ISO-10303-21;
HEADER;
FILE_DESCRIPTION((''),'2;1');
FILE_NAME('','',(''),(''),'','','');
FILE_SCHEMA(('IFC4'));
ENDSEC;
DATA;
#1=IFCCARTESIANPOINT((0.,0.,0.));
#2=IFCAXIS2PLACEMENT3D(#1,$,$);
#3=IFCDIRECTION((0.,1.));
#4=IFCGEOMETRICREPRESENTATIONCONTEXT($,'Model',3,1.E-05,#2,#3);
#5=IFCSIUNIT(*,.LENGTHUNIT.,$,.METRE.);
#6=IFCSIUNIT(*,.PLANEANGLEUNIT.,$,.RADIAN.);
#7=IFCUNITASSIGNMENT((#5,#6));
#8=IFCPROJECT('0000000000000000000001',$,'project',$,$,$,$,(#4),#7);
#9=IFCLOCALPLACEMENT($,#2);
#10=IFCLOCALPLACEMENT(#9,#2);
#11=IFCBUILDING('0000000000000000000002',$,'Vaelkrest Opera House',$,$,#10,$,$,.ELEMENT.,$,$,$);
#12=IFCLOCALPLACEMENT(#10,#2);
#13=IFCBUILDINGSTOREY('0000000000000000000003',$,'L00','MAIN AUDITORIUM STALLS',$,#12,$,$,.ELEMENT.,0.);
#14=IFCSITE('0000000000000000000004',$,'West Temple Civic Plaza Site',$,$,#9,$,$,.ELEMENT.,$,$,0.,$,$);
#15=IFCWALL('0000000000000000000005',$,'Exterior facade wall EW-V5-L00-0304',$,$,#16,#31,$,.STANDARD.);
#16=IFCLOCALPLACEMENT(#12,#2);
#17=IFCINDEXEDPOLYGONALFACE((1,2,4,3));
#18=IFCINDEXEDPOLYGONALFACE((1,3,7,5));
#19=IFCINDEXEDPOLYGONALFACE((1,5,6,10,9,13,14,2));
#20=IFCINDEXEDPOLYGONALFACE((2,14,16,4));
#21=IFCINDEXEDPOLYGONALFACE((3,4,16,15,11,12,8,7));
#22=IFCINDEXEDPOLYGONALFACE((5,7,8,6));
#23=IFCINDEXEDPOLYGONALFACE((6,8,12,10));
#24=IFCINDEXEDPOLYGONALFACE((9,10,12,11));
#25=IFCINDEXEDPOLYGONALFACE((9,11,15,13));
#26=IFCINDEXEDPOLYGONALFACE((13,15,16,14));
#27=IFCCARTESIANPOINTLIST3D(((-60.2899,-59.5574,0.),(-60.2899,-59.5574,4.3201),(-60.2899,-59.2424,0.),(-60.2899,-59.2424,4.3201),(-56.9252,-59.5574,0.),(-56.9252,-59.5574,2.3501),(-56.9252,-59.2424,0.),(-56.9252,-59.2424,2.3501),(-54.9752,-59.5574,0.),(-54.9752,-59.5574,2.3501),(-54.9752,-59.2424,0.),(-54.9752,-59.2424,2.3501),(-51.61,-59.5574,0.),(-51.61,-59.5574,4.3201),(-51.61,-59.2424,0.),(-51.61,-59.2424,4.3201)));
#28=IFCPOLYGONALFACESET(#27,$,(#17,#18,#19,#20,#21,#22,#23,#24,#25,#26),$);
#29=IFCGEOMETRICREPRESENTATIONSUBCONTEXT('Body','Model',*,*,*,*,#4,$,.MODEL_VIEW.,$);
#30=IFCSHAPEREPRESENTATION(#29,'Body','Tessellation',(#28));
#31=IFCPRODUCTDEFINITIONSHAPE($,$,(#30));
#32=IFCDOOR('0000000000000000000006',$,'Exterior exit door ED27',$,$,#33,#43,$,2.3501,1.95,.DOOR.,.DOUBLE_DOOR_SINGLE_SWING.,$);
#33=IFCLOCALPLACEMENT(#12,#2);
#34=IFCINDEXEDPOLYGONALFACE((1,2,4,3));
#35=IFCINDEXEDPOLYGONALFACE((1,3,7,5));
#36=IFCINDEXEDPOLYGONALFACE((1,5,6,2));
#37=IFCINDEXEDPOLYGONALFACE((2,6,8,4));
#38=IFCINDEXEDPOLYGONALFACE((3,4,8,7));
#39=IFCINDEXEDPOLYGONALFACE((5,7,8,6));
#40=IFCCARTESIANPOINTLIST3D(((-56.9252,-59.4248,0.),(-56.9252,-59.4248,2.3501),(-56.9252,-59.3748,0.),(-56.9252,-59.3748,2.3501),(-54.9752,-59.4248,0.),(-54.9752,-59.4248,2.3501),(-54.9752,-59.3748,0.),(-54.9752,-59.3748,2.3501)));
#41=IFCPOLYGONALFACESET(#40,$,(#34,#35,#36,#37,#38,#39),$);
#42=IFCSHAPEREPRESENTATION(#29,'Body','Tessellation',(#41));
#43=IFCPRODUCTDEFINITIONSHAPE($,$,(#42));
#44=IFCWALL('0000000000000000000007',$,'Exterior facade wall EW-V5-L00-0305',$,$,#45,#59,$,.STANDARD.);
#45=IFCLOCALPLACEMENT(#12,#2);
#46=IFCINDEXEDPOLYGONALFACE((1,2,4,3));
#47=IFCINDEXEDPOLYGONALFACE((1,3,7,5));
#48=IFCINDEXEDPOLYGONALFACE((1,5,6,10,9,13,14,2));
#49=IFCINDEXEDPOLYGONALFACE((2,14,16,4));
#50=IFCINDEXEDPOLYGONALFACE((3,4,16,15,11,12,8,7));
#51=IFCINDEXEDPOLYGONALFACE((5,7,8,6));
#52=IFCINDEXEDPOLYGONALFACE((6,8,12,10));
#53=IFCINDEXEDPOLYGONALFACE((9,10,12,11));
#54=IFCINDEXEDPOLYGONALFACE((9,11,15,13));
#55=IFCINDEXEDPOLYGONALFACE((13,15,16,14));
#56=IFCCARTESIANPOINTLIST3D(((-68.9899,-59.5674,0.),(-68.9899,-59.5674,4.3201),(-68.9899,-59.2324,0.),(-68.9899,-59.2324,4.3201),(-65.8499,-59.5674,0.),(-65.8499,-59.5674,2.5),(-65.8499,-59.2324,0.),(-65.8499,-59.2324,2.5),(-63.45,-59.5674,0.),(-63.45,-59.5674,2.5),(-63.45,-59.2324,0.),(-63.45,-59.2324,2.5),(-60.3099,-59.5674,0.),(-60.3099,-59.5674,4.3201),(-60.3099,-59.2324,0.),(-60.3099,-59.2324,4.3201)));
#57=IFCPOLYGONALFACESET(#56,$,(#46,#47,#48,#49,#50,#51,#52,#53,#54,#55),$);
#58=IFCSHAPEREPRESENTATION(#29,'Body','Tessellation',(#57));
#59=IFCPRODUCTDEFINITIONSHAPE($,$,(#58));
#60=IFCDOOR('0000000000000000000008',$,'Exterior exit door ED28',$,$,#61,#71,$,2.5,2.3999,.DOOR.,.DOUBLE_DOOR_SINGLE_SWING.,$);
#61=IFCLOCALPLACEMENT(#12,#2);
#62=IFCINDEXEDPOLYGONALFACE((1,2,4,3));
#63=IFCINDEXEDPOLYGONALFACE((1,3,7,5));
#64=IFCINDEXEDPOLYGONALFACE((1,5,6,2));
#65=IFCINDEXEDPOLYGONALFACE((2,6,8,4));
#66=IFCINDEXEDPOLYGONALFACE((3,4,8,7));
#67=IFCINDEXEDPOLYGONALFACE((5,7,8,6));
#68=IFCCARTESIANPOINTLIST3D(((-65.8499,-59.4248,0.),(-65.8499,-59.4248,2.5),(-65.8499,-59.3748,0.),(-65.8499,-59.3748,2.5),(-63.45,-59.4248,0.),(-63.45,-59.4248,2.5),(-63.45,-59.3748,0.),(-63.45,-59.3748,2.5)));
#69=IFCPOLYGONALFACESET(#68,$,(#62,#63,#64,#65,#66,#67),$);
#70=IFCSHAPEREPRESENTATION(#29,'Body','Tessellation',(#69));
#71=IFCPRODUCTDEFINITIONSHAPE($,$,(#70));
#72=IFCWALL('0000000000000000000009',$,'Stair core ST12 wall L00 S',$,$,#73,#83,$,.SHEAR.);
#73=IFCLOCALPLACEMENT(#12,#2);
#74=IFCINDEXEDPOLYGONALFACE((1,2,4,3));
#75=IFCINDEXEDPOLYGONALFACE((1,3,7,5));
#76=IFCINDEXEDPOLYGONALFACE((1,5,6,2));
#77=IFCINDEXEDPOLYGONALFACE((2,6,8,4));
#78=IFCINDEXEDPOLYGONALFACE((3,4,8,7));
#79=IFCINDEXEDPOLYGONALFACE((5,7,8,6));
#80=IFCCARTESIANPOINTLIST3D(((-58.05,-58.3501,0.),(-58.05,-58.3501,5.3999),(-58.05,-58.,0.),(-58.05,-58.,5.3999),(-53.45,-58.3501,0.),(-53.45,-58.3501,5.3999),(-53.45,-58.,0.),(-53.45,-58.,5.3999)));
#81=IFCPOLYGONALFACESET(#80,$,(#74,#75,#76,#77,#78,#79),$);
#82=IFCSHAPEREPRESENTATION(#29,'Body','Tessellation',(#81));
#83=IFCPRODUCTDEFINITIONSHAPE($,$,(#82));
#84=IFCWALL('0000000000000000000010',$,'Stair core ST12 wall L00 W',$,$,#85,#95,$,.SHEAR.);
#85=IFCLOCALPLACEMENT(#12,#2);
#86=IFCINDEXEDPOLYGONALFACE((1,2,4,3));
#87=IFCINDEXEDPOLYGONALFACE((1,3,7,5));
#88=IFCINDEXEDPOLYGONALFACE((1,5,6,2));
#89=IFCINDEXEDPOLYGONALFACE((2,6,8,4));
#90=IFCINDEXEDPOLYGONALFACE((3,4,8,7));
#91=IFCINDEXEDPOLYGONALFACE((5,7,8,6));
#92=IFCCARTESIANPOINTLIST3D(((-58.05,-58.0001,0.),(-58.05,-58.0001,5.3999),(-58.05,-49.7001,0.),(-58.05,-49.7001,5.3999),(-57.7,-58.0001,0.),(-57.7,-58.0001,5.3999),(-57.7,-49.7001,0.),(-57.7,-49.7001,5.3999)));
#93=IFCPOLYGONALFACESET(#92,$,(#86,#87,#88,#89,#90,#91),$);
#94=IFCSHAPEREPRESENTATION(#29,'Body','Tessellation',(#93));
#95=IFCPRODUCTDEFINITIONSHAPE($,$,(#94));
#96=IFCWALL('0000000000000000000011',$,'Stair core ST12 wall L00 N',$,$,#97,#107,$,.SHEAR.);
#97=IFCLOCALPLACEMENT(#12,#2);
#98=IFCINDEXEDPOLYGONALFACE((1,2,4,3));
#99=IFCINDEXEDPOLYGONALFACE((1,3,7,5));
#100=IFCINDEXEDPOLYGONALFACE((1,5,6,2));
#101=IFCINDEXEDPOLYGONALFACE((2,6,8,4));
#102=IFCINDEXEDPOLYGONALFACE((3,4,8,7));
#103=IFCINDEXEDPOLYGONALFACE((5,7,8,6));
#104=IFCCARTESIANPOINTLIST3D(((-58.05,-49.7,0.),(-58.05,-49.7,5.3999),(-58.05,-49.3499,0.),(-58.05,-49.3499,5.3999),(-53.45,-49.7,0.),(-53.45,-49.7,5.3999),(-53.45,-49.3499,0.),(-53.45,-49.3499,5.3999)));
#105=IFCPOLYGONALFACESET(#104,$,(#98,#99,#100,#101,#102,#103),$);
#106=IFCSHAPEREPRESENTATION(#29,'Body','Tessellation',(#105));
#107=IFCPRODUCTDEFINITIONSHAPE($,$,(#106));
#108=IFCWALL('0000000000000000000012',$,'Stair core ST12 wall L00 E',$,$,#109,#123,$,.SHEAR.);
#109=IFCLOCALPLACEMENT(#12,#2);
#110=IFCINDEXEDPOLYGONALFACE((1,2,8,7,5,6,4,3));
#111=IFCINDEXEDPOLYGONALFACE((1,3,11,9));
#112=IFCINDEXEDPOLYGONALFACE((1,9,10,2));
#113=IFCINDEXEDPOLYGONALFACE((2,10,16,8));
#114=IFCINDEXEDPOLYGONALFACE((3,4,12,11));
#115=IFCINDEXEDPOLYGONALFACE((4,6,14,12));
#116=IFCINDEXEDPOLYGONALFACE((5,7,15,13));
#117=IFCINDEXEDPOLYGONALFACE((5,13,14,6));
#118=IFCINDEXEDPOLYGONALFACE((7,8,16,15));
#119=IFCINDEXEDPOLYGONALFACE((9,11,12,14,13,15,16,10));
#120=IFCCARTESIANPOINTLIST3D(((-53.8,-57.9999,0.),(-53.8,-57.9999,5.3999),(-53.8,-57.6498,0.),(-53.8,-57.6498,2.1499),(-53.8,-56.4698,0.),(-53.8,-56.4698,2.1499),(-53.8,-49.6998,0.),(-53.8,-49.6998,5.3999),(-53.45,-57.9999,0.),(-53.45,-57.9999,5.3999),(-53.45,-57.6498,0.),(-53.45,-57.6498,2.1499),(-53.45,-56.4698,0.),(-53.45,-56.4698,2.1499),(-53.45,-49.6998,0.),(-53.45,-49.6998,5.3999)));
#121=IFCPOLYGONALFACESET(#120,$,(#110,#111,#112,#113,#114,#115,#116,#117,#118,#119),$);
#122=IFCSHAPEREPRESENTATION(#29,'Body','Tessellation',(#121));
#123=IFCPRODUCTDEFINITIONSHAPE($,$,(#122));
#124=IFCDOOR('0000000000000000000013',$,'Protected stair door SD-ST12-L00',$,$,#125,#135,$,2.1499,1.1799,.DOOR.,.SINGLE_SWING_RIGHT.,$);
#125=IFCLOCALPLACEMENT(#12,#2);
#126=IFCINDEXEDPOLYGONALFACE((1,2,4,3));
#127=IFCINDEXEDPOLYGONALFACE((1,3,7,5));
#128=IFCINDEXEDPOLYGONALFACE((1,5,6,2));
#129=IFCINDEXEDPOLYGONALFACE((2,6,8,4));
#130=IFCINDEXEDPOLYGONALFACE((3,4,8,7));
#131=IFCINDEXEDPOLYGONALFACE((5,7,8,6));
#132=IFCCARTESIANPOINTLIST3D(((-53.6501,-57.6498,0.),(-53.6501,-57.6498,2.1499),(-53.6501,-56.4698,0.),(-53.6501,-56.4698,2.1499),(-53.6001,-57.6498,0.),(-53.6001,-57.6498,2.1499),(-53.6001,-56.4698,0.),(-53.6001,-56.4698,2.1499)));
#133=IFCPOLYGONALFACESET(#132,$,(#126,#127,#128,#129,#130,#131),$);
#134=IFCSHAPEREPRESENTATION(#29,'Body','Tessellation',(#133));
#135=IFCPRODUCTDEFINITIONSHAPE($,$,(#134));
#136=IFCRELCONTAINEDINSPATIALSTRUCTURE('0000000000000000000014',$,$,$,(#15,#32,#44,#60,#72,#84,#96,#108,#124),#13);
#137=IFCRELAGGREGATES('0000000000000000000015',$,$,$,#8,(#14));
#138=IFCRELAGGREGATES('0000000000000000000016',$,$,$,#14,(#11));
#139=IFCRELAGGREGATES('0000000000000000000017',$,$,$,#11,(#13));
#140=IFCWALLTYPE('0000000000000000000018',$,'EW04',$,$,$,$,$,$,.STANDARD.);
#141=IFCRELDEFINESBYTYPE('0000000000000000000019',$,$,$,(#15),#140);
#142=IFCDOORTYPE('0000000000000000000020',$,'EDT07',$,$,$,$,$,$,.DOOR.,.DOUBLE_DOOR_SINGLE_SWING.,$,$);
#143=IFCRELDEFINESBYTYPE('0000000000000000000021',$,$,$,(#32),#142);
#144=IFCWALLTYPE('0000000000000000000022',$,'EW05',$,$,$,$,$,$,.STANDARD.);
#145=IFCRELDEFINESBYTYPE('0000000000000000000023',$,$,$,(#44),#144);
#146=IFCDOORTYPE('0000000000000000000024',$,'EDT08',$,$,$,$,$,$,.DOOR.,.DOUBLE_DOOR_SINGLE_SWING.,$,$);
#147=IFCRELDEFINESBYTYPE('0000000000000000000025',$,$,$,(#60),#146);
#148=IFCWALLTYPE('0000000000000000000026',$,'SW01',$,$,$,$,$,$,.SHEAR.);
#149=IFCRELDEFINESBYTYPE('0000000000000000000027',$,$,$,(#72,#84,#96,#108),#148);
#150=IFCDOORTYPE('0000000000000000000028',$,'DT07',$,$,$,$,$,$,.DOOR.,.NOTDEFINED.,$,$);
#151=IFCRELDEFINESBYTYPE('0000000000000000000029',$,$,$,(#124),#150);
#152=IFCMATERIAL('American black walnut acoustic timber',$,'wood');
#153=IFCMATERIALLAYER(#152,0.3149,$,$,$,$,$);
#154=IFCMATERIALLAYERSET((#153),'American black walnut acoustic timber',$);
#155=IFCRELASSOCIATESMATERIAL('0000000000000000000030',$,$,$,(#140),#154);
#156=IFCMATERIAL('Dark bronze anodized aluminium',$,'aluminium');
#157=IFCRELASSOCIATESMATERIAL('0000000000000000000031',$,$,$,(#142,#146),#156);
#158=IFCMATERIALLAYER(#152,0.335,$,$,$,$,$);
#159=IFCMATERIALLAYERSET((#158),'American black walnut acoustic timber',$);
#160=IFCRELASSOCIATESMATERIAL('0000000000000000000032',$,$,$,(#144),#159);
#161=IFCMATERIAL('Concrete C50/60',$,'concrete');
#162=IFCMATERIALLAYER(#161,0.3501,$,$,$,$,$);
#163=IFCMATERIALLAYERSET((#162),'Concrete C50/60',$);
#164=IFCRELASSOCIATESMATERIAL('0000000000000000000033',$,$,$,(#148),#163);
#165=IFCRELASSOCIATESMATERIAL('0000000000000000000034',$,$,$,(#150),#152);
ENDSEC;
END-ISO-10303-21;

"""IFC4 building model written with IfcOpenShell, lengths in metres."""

from ifc_helpers import new_model, si_unit, direction, frame, frame_2d, origin, place, context, subcontext, project, spatial, rectangle, extrude, material, layer, layer_set, type_object, element, fill, save


model = new_model("IFC4")

# Units and contexts
model_context = context("Model", 3, precision=1e-05, world=origin(), true_north=direction((0.0, 1.0)))
body_context = subcontext(model_context, "Body", "Model", "MODEL_VIEW")
ifc_project = project(units=[si_unit("LENGTHUNIT", "METRE"), si_unit("PLANEANGLEUNIT", "RADIAN")], contexts=[model_context])

# Site, building, storey
site_placement = place(None, origin())
site = spatial("IfcSite", under=ifc_project, at=site_placement, Name="West Temple Civic Plaza Site", CompositionType="ELEMENT", RefElevation=0.0)
building_placement = place(site_placement, origin())
building = spatial("IfcBuilding", under=site, at=building_placement, Name="Vaelkrest Opera House", CompositionType="ELEMENT")
storey_placement = place(building_placement, origin())
storey = spatial("IfcBuildingStorey", under=building, at=storey_placement, Name="L00", Description="MAIN AUDITORIUM STALLS", CompositionType="ELEMENT", Elevation=0.0)

# Shared definitions
ifc_material_1 = material(Name="Concrete C50/60", Category="concrete")

# Walls, openings, doors
ifc_material_2 = material(Name="American black walnut acoustic timber", Category="wood")
ifc_layer_1 = layer(ifc_material_2, 0.3149)
ifc_layer_set_1 = layer_set([ifc_layer_1], Name="American black walnut acoustic timber")
wall_type_1 = type_object("IfcWallType", Name="EW04", PredefinedType="STANDARD", material=ifc_layer_set_1)
wall_1_placement = place(storey_placement, frame((-51.6101, -59.3999, 0.0), z_axis=(0.0, 0.0, 1.0), x_axis=(-1.0, 0.0, 0.0)))
wall_1 = element("IfcWall", 1, at=wall_1_placement, inside=storey, type_object=wall_type_1, Name="Exterior facade wall EW-V5-L00-0304", PredefinedType="STANDARD", context=body_context, shape_type="SweptSolid", body=[
    extrude(rectangle(XDim=8.6799, YDim=0.3149, at=frame_2d((4.3398, 0.0))), origin(), (0.0, 0.0, 1.0), 4.3201),
])
opening_1_placement = place(wall_1_placement, frame((3.365, 0.0, 0.0)))
opening_1 = element("IfcOpeningElement", 2, at=opening_1_placement, cuts=wall_1, PredefinedType="OPENING", context=body_context, shape_type="SweptSolid", body=[
    extrude(rectangle(XDim=1.95, YDim=2.3501, at=frame_2d((0.9751, 1.175))), frame((0.0, 0.1675, 0.0), z_axis=(0.0, -1.0, 0.0), x_axis=(1.0, 0.0, 0.0)), (0.0, 0.0, 1.0), 0.335),
])
ifc_material_3 = material(Name="Dark bronze anodized aluminium", Category="aluminium")
door_type_1 = type_object("IfcDoorType", Name="EDT07", OperationType="DOUBLE_DOOR_SINGLE_SWING", PredefinedType="DOOR", material=ifc_material_3)
door_1_placement = place(opening_1_placement, origin())
door_1 = element("IfcDoor", 3, at=door_1_placement, inside=storey, type_object=door_type_1, Name="Exterior exit door ED27", OperationType="DOUBLE_DOOR_SINGLE_SWING", OverallHeight=2.3501, OverallWidth=1.95, PredefinedType="DOOR", context=body_context, shape_type="SweptSolid", body=[
    extrude(rectangle(XDim=1.95, YDim=2.3501, at=frame_2d((0.9751, 1.175))), frame((0.0, 0.0249, 0.0), z_axis=(0.0, -1.0, 0.0), x_axis=(1.0, 0.0, 0.0)), (0.0, 0.0, 1.0), 0.05),
])
fill(opening_1, door_1)
ifc_layer_2 = layer(ifc_material_2, 0.335)
ifc_layer_set_2 = layer_set([ifc_layer_2], Name="American black walnut acoustic timber")
wall_type_2 = type_object("IfcWallType", Name="EW05", PredefinedType="STANDARD", material=ifc_layer_set_2)
wall_2_placement = place(storey_placement, frame((-60.3101, -59.3999, 0.0), z_axis=(0.0, 0.0, 1.0), x_axis=(-1.0, 0.0, 0.0)))
wall_2 = element("IfcWall", 4, at=wall_2_placement, inside=storey, type_object=wall_type_2, Name="Exterior facade wall EW-V5-L00-0305", PredefinedType="STANDARD", context=body_context, shape_type="SweptSolid", body=[
    extrude(rectangle(XDim=8.6799, YDim=0.335, at=frame_2d((4.3398, 0.0))), origin(), (0.0, 0.0, 1.0), 4.3201),
])
opening_2_placement = place(wall_2_placement, frame((3.1399, 0.0, 0.0)))
opening_2 = element("IfcOpeningElement", 5, at=opening_2_placement, cuts=wall_2, PredefinedType="OPENING", context=body_context, shape_type="SweptSolid", body=[
    extrude(rectangle(XDim=2.3999, YDim=2.5, at=frame_2d((1.2, 1.25))), frame((0.0, 0.1775, 0.0), z_axis=(0.0, -1.0, 0.0), x_axis=(1.0, 0.0, 0.0)), (0.0, 0.0, 1.0), 0.355),
])
door_type_2 = type_object("IfcDoorType", Name="EDT08", OperationType="DOUBLE_DOOR_SINGLE_SWING", PredefinedType="DOOR", material=ifc_material_3)
door_2_placement = place(opening_2_placement, origin())
door_2 = element("IfcDoor", 6, at=door_2_placement, inside=storey, type_object=door_type_2, Name="Exterior exit door ED28", OperationType="DOUBLE_DOOR_SINGLE_SWING", OverallHeight=2.5, OverallWidth=2.3999, PredefinedType="DOOR", context=body_context, shape_type="SweptSolid", body=[
    extrude(rectangle(XDim=2.3999, YDim=2.5, at=frame_2d((1.2, 1.25))), frame((0.0, 0.0249, 0.0), z_axis=(0.0, -1.0, 0.0), x_axis=(1.0, 0.0, 0.0)), (0.0, 0.0, 1.0), 0.05),
])
fill(opening_2, door_2)

# Walls
ifc_layer_3 = layer(ifc_material_1, 0.3501)
ifc_layer_set_3 = layer_set([ifc_layer_3], Name="Concrete C50/60")
wall_type_3 = type_object("IfcWallType", Name="SW01", PredefinedType="SHEAR", material=ifc_layer_set_3)
wall_3_placement = place(storey_placement, frame((-53.45, -58.175, 0.0), z_axis=(0.0, 0.0, 1.0), x_axis=(-1.0, 0.0, 0.0)))
element("IfcWall", 7, at=wall_3_placement, inside=storey, type_object=wall_type_3, Name="Stair core ST12 wall L00 S", PredefinedType="SHEAR", context=body_context, shape_type="SweptSolid", body=[
    extrude(rectangle(XDim=4.6001, YDim=0.3501, at=frame_2d((2.3, 0.0))), origin(), (0.0, 0.0, 1.0), 5.3999),
])
wall_4_placement = place(storey_placement, frame((-57.875, -58.0, 0.0), z_axis=(0.0, 0.0, 1.0), x_axis=(0.0, 1.0, 0.0)))
element("IfcWall", 8, at=wall_4_placement, inside=storey, type_object=wall_type_3, Name="Stair core ST12 wall L00 W", PredefinedType="SHEAR", context=body_context, shape_type="SweptSolid", body=[
    extrude(rectangle(XDim=8.3, YDim=0.3501, at=frame_2d((4.1499, 0.0))), origin(), (0.0, 0.0, 1.0), 5.3999),
])
wall_5_placement = place(storey_placement, frame((-58.05, -49.5249, 0.0), z_axis=(0.0, 0.0, 1.0), x_axis=(1.0, 0.0, 0.0)))
element("IfcWall", 9, at=wall_5_placement, inside=storey, type_object=wall_type_3, Name="Stair core ST12 wall L00 N", PredefinedType="SHEAR", context=body_context, shape_type="SweptSolid", body=[
    extrude(rectangle(XDim=4.6001, YDim=0.3501, at=frame_2d((2.3, 0.0))), origin(), (0.0, 0.0, 1.0), 5.3999),
])

# Wall, opening, door
wall_6_placement = place(storey_placement, frame((-53.625, -49.7, 0.0), z_axis=(0.0, 0.0, 1.0), x_axis=(0.0, -1.0, 0.0)))
wall_6 = element("IfcWall", 10, at=wall_6_placement, inside=storey, type_object=wall_type_3, Name="Stair core ST12 wall L00 E", PredefinedType="SHEAR", context=body_context, shape_type="SweptSolid", body=[
    extrude(rectangle(XDim=8.3, YDim=0.3501, at=frame_2d((4.1499, 0.0))), origin(), (0.0, 0.0, 1.0), 5.3999),
])
opening_3_placement = place(wall_6_placement, frame((6.77, 0.0, 0.0)))
opening_3 = element("IfcOpeningElement", 11, at=opening_3_placement, cuts=wall_6, PredefinedType="OPENING", context=body_context, shape_type="SweptSolid", body=[
    extrude(rectangle(XDim=1.1799, YDim=2.1499, at=frame_2d((0.5898, 1.075))), frame((0.0, 0.1851, 0.0), z_axis=(0.0, -1.0, 0.0), x_axis=(1.0, 0.0, 0.0)), (0.0, 0.0, 1.0), 0.3701),
])
door_type_3 = type_object("IfcDoorType", Name="DT07", OperationType="NOTDEFINED", PredefinedType="DOOR", material=ifc_material_2)
door_3_placement = place(opening_3_placement, origin())
door_3 = element("IfcDoor", 12, at=door_3_placement, inside=storey, type_object=door_type_3, Name="Protected stair door SD-ST12-L00", OperationType="SINGLE_SWING_RIGHT", OverallHeight=2.1499, OverallWidth=1.1799, PredefinedType="DOOR", context=body_context, shape_type="SweptSolid", body=[
    extrude(rectangle(XDim=1.1799, YDim=2.1499, at=frame_2d((0.5898, 1.075))), frame((0.0, 0.0249, 0.0), z_axis=(0.0, -1.0, 0.0), x_axis=(1.0, 0.0, 0.0)), (0.0, 0.0, 1.0), 0.05),
])
fill(opening_3, door_3)

save(model, "model.ifc")
